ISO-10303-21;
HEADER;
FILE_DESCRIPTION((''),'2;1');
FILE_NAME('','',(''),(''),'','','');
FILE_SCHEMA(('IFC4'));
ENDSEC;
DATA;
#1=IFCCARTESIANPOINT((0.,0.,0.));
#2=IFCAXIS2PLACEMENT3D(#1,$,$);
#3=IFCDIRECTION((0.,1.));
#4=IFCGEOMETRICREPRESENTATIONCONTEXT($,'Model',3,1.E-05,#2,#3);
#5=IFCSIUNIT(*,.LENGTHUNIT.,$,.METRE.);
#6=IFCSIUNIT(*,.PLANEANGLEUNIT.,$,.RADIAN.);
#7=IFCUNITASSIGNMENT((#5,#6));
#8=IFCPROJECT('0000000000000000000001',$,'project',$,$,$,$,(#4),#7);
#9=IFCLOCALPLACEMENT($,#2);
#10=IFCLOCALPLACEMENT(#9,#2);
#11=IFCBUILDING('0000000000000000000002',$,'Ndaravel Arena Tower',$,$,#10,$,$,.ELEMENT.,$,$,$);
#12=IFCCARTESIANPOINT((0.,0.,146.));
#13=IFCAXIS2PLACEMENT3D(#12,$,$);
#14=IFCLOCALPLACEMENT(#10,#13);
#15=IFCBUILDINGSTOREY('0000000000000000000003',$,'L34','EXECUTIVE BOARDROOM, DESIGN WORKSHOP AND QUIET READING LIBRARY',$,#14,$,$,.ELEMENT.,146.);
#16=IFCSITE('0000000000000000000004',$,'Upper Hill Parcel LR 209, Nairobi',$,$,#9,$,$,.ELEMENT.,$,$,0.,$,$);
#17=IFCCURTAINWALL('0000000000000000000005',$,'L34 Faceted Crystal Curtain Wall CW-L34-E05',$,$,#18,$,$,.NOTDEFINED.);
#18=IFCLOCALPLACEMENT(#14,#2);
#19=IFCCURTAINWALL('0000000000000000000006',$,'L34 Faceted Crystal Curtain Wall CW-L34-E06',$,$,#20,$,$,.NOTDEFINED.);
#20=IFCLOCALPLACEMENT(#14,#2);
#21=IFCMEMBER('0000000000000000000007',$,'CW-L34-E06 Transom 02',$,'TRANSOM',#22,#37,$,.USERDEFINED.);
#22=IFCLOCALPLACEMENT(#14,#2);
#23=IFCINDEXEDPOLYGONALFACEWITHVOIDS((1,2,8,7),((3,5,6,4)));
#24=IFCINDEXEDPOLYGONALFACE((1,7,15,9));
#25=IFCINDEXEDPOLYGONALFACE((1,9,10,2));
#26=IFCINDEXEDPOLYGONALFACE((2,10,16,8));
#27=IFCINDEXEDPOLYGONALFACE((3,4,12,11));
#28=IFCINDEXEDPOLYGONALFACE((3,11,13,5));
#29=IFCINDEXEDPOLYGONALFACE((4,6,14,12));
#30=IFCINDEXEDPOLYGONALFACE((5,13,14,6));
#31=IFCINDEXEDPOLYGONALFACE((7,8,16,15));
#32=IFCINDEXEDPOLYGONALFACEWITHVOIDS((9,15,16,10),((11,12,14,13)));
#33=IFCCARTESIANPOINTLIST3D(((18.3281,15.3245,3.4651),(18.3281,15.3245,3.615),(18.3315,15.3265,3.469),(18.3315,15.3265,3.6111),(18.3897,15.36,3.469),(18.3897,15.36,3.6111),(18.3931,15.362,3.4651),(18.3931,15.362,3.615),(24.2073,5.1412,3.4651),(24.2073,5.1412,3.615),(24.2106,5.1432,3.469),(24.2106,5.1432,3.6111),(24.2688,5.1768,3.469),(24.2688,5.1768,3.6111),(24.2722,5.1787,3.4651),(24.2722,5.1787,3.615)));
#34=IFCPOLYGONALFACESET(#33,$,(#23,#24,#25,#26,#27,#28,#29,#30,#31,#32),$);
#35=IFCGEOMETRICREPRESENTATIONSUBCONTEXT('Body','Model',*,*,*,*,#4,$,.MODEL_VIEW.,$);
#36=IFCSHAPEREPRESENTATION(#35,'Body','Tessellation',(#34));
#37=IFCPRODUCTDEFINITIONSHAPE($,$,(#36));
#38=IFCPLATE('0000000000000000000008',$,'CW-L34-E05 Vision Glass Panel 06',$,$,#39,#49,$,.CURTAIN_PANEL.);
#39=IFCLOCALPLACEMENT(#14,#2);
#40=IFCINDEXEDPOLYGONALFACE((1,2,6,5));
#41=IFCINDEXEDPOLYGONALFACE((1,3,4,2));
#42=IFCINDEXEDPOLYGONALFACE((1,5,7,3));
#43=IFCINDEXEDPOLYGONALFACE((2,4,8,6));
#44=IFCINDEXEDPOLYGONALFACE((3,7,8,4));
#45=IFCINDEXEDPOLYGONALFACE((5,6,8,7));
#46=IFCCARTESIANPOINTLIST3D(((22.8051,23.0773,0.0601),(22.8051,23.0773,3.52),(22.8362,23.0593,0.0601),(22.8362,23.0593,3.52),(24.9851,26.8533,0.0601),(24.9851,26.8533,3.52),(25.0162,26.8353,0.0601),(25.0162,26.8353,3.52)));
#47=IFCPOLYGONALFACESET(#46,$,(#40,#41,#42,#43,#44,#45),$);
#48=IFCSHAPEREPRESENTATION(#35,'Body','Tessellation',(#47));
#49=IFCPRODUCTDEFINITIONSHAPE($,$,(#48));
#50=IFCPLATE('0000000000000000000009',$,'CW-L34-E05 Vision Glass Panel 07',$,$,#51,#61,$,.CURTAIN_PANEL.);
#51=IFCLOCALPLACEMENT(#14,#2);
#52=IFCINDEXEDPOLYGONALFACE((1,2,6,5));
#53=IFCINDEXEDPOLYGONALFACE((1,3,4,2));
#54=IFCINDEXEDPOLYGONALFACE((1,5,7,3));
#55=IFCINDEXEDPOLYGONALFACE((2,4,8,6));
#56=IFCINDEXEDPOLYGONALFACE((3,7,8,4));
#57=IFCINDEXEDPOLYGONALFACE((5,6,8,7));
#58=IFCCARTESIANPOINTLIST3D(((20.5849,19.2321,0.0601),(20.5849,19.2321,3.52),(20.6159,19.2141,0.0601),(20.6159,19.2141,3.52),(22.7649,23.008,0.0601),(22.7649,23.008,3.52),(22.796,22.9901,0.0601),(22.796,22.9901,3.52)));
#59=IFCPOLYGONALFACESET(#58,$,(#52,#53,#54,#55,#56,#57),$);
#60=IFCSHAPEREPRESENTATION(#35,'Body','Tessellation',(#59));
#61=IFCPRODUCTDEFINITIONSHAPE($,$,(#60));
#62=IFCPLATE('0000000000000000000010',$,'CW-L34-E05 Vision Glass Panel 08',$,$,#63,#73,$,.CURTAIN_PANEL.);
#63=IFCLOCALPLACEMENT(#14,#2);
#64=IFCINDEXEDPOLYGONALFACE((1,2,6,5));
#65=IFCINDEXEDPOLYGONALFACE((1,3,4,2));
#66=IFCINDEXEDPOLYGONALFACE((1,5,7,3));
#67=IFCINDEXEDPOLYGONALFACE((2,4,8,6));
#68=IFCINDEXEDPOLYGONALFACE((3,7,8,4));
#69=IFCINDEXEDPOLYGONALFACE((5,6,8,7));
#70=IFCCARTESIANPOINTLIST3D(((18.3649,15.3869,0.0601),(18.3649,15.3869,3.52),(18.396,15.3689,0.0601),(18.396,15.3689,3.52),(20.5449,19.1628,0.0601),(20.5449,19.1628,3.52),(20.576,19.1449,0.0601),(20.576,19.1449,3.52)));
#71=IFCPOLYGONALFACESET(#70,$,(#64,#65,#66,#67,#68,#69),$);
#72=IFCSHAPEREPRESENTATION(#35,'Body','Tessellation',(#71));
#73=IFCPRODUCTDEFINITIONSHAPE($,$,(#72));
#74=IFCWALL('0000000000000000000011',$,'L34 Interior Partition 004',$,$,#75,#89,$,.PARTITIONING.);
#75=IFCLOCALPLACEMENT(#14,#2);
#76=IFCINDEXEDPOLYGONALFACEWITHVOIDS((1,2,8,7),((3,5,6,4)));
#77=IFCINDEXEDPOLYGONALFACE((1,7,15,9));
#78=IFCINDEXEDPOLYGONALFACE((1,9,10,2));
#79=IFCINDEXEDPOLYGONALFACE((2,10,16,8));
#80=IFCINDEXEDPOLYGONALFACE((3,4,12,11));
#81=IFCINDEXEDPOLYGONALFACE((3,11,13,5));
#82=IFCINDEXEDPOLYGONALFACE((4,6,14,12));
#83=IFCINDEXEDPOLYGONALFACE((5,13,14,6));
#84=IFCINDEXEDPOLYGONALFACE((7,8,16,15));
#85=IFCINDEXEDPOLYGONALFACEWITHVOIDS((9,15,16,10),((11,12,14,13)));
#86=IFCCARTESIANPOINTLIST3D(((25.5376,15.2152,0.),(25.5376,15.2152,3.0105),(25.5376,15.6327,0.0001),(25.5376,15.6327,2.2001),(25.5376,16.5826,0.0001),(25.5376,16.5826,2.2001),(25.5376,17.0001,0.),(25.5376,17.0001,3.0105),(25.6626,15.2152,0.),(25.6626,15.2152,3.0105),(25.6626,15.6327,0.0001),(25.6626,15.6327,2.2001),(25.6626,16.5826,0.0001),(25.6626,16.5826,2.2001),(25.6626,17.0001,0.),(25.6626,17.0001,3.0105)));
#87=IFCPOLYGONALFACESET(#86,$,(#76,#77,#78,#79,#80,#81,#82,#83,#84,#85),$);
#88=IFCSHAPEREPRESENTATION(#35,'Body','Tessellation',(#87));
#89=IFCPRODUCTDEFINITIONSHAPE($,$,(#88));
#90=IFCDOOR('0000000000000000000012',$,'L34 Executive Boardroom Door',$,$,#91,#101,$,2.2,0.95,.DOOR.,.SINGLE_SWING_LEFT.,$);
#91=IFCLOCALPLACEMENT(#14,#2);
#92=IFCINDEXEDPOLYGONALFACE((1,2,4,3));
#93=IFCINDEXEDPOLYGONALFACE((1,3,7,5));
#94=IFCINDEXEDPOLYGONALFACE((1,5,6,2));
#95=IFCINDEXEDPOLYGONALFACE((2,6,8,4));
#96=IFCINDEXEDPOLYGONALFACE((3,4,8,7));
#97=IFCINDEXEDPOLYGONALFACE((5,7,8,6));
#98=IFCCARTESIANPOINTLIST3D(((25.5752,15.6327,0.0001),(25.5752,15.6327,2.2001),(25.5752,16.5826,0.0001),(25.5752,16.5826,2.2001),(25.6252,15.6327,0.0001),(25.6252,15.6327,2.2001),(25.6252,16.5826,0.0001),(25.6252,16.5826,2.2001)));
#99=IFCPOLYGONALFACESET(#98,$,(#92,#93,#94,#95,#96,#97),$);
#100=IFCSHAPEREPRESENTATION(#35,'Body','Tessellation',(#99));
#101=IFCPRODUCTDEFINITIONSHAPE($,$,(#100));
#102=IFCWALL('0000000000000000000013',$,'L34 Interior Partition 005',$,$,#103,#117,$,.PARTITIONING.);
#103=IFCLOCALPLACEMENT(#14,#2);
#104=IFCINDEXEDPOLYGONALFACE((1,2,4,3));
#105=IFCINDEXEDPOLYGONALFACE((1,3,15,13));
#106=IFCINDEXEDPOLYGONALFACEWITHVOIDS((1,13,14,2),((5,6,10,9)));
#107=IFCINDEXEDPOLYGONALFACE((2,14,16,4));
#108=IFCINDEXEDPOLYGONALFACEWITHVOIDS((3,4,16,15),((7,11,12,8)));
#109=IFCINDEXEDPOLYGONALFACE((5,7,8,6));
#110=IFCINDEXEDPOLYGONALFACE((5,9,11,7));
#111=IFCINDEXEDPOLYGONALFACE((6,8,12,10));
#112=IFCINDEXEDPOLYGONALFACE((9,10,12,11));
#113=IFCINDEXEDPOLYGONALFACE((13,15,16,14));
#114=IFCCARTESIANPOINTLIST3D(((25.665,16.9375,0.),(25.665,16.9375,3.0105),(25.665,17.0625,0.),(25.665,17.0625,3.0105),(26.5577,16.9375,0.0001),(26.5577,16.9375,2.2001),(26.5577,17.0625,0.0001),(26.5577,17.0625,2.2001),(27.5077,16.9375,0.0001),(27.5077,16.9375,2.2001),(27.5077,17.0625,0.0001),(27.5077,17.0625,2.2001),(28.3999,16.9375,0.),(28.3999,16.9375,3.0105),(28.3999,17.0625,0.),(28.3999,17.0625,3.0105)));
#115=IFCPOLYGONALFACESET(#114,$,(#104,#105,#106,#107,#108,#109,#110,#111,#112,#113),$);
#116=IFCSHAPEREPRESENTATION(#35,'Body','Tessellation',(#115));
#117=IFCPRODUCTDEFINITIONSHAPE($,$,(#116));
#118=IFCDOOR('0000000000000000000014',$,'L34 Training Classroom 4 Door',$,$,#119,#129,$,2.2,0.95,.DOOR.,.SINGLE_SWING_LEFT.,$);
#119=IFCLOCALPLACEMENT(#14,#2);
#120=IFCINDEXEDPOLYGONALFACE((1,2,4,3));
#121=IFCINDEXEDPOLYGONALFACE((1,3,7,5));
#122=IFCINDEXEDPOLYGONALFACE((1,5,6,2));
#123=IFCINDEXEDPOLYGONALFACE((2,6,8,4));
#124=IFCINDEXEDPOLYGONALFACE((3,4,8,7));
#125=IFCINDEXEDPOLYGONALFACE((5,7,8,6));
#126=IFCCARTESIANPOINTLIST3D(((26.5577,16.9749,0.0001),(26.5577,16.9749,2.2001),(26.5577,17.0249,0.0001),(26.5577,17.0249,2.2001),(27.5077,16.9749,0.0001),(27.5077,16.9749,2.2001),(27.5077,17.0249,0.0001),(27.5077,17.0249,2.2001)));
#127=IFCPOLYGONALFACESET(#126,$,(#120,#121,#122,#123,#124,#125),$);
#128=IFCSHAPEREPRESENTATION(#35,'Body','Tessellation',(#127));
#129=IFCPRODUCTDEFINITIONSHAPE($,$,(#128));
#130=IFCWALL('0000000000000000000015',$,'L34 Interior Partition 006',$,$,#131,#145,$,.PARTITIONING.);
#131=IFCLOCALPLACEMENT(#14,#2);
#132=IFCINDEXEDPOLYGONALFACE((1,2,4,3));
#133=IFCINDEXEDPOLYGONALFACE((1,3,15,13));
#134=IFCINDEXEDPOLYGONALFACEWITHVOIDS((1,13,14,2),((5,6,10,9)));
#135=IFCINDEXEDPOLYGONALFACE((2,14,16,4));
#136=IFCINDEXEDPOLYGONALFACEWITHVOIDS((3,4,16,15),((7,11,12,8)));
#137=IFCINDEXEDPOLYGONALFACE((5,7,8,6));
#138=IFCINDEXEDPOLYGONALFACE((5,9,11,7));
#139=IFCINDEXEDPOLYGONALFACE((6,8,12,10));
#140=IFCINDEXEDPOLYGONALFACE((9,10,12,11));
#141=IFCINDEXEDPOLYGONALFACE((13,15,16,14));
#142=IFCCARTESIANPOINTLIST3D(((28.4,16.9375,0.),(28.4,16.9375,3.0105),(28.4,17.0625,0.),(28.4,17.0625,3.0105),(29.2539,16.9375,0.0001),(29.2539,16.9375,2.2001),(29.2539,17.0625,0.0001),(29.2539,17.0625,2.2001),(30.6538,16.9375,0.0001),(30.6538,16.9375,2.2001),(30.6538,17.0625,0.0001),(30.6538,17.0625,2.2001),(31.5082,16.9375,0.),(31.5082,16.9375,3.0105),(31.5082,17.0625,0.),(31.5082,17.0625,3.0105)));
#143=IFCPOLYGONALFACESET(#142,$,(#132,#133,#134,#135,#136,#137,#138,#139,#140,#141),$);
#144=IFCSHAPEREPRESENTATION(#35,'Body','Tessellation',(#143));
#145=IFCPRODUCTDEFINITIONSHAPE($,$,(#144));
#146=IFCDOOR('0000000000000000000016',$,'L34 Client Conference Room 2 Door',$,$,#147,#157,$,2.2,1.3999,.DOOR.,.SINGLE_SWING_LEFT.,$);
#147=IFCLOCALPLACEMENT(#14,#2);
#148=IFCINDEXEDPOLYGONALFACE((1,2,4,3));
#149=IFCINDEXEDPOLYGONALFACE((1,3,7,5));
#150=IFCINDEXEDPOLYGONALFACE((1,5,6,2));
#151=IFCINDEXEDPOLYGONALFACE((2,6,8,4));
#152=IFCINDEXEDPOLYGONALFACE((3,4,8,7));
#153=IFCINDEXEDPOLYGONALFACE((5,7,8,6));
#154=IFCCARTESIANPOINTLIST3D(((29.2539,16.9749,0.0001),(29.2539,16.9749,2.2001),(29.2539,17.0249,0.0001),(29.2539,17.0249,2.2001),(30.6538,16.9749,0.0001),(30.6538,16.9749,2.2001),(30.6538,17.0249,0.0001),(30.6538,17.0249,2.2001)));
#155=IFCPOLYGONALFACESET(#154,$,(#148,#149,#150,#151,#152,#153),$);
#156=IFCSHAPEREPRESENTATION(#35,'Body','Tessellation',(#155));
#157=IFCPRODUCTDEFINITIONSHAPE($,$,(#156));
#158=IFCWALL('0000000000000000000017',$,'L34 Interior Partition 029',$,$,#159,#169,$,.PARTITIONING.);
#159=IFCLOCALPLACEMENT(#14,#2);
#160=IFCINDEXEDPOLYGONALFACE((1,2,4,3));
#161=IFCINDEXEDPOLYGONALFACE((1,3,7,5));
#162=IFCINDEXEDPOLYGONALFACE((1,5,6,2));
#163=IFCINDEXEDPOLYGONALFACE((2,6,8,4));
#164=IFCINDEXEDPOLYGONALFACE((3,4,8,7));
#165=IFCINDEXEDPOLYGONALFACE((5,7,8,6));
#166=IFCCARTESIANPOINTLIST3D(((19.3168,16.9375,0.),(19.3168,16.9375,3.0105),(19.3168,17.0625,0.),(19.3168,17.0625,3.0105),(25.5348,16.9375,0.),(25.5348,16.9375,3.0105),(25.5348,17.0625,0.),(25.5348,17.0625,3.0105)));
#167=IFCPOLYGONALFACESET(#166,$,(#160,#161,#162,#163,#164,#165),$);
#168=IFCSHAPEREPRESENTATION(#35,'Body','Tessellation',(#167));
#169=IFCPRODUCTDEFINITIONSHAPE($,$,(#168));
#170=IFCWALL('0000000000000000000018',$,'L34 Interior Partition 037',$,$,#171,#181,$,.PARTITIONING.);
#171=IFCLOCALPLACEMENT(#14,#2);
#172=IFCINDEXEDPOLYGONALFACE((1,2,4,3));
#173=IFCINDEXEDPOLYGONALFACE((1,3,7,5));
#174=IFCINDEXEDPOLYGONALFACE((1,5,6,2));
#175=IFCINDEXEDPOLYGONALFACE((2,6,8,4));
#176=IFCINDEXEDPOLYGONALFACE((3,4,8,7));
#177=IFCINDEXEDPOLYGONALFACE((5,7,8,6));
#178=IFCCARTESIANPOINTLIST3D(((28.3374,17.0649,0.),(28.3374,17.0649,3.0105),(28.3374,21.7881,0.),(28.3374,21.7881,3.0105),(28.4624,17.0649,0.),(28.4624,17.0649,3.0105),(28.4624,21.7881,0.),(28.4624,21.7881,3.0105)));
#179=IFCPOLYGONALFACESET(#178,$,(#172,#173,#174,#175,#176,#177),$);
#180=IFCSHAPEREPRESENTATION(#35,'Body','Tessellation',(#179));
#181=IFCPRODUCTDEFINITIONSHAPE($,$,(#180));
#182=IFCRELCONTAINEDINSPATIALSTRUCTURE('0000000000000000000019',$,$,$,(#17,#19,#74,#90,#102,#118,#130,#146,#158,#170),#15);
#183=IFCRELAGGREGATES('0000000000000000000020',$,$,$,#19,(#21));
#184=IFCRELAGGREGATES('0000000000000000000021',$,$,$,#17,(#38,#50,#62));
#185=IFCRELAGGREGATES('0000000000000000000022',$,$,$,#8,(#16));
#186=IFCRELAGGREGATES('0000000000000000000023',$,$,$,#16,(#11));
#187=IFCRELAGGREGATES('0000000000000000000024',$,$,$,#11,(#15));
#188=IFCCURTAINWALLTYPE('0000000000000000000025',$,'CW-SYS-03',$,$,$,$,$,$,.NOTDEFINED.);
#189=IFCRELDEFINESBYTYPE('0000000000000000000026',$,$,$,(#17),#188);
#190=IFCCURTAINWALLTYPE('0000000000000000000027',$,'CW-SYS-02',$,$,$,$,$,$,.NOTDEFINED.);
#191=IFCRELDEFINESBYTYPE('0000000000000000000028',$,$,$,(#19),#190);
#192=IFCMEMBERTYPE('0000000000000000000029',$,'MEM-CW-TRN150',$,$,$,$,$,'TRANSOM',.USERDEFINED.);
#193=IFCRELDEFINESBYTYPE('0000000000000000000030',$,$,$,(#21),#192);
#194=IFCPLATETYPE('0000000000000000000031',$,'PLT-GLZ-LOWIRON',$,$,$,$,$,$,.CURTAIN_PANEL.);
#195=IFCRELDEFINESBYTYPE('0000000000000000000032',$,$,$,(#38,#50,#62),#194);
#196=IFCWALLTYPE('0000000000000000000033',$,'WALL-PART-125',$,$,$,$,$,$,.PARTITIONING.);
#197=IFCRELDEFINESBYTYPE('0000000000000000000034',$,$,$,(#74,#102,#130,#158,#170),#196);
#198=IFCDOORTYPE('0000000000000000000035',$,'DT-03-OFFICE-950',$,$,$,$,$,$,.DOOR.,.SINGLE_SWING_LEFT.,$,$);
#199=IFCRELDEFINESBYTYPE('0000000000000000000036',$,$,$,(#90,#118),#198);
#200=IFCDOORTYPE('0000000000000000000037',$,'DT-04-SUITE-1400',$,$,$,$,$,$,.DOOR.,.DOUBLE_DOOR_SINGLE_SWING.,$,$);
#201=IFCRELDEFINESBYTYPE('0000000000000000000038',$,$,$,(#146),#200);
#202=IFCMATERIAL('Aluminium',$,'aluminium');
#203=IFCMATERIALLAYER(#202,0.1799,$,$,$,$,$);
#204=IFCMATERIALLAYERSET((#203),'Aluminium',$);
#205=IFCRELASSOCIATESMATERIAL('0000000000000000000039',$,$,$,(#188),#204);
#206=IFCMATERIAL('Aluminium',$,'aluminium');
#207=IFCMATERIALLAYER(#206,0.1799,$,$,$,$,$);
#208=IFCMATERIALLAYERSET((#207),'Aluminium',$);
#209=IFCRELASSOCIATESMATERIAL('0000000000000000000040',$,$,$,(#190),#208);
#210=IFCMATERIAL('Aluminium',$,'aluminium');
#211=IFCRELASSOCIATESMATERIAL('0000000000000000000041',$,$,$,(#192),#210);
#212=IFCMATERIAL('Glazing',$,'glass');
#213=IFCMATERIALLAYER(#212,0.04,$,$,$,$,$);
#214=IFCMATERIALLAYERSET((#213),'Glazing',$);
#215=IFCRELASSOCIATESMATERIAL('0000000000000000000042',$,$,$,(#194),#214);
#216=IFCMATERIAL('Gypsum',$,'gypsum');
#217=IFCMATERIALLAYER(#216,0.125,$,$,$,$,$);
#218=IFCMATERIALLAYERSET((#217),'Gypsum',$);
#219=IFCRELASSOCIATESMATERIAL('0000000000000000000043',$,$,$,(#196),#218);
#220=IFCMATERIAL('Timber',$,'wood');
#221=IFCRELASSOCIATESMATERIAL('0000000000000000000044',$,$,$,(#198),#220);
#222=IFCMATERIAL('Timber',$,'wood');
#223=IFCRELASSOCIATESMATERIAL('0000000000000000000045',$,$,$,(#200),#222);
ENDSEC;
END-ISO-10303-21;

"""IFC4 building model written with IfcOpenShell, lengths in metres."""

from ifc_helpers import new_model, si_unit, direction, frame, frame_2d, origin, origin_2d, place, context, subcontext, project, spatial, rectangle, hollow_rectangle, extrude, material, layer, layer_set, material_profile, profile_set, type_object, element, fill, aggregate, save


model = new_model("IFC4")

# Units and contexts
model_context = context("Model", 3, precision=1e-05, world=origin(), true_north=direction((0.0, 1.0)))
body_context = subcontext(model_context, "Body", "Model", "MODEL_VIEW")
ifc_project = project(units=[si_unit("LENGTHUNIT", "METRE"), si_unit("PLANEANGLEUNIT", "RADIAN")], contexts=[model_context])

# Site, building, storey
site_placement = place(None, origin())
site = spatial("IfcSite", under=ifc_project, at=site_placement, Name="Upper Hill Parcel LR 209, Nairobi", CompositionType="ELEMENT", RefElevation=0.0)
building_placement = place(site_placement, origin())
building = spatial("IfcBuilding", under=site, at=building_placement, Name="Ndaravel Arena Tower", CompositionType="ELEMENT")
storey_placement = place(building_placement, frame((0.0, 0.0, 146.0)))
storey = spatial("IfcBuildingStorey", under=building, at=storey_placement, Name="L34", Description="EXECUTIVE BOARDROOM, DESIGN WORKSHOP AND QUIET READING LIBRARY", CompositionType="ELEMENT", Elevation=146.0)

# Curtain walls, member
ifc_material_1 = material(Name="Aluminium", Category="aluminium")
ifc_layer_1 = layer(ifc_material_1, 0.1799)
ifc_layer_set_1 = layer_set([ifc_layer_1], Name="Aluminium")
curtain_wall_type_1 = type_object("IfcCurtainWallType", Name="CW-SYS-03", PredefinedType="NOTDEFINED", material=ifc_layer_set_1)
curtain_wall_1_placement = place(storey_placement, origin())
curtain_wall_1 = element("IfcCurtainWall", 1, at=curtain_wall_1_placement, inside=storey, type_object=curtain_wall_type_1, Name="L34 Faceted Crystal Curtain Wall CW-L34-E05", PredefinedType="NOTDEFINED")
ifc_material_2 = material(Name="Aluminium", Category="aluminium")
ifc_layer_2 = layer(ifc_material_2, 0.1799)
ifc_layer_set_2 = layer_set([ifc_layer_2], Name="Aluminium")
curtain_wall_type_2 = type_object("IfcCurtainWallType", Name="CW-SYS-02", PredefinedType="NOTDEFINED", material=ifc_layer_set_2)
curtain_wall_2_placement = place(storey_placement, origin())
curtain_wall_2 = element("IfcCurtainWall", 2, at=curtain_wall_2_placement, inside=storey, type_object=curtain_wall_type_2, Name="L34 Faceted Crystal Curtain Wall CW-L34-E06", PredefinedType="NOTDEFINED")
ifc_material_3 = material(Name="Aluminium", Category="aluminium")
ifc_material_profile_1 = material_profile(ifc_material_3, hollow_rectangle(XDim=0.075, YDim=0.1499, WallThickness=0.0039, at=origin_2d()), Name="CW TRANSOM 75x150x4")
ifc_profile_set_1 = profile_set([ifc_material_profile_1], Name="Aluminium")
member_type_1 = type_object("IfcMemberType", Name="MEM-CW-TRN150", ElementType="TRANSOM", PredefinedType="USERDEFINED", material=ifc_profile_set_1)
member_1_placement = place(storey_placement, frame((18.3606, 15.3433, 3.54), z_axis=(0.499987, -0.866033, 0.0), x_axis=(0.866033, 0.499987, 0.0)))
member_1 = element("IfcMember", 3, at=member_1_placement, type_object=member_type_1, Name="CW-L34-E06 Transom 02", ObjectType="TRANSOM", PredefinedType="USERDEFINED", context=body_context, shape_type="SweptSolid", body=[
    extrude(hollow_rectangle(XDim=0.075, YDim=0.1499, WallThickness=0.0039, at=origin_2d()), origin(), (0.0, 0.0, 1.0), 11.7585),
])
aggregate(curtain_wall_2, [member_1])

# Plates
ifc_material_4 = material(Name="Glazing", Category="glass")
ifc_layer_3 = layer(ifc_material_4, 0.04)
ifc_layer_set_3 = layer_set([ifc_layer_3], Name="Glazing")
plate_type = type_object("IfcPlateType", Name="PLT-GLZ-LOWIRON", PredefinedType="CURTAIN_PANEL", material=ifc_layer_set_3)
plate_1_placement = place(storey_placement, frame((23.9106, 24.9563, 0.0601), z_axis=(0.0, 0.0, 1.0), x_axis=(-0.5, -0.866025, 0.0)))
plate_1 = element("IfcPlate", 4, at=plate_1_placement, type_object=plate_type, Name="CW-L34-E05 Vision Glass Panel 06", PredefinedType="CURTAIN_PANEL", context=body_context, shape_type="SweptSolid", body=[
    extrude(rectangle(XDim=4.3601, YDim=0.0359, at=origin_2d()), origin(), (0.0, 0.0, 1.0), 3.46),
])
plate_2_placement = place(storey_placement, frame((21.6904, 21.1111, 0.0601), z_axis=(0.0, 0.0, 1.0), x_axis=(-0.5, -0.866025, 0.0)))
plate_2 = element("IfcPlate", 5, at=plate_2_placement, type_object=plate_type, Name="CW-L34-E05 Vision Glass Panel 07", PredefinedType="CURTAIN_PANEL", context=body_context, shape_type="SweptSolid", body=[
    extrude(rectangle(XDim=4.3601, YDim=0.0359, at=origin_2d()), origin(), (0.0, 0.0, 1.0), 3.46),
])
plate_3_placement = place(storey_placement, frame((19.4705, 17.2659, 0.0601), z_axis=(0.0, 0.0, 1.0), x_axis=(-0.5, -0.866025, 0.0)))
plate_3 = element("IfcPlate", 6, at=plate_3_placement, type_object=plate_type, Name="CW-L34-E05 Vision Glass Panel 08", PredefinedType="CURTAIN_PANEL", context=body_context, shape_type="SweptSolid", body=[
    extrude(rectangle(XDim=4.3601, YDim=0.0359, at=origin_2d()), origin(), (0.0, 0.0, 1.0), 3.46),
])
aggregate(curtain_wall_1, [plate_1, plate_2, plate_3])

# Walls, openings, doors
ifc_material_5 = material(Name="Gypsum", Category="gypsum")
ifc_layer_4 = layer(ifc_material_5, 0.125)
ifc_layer_set_4 = layer_set([ifc_layer_4], Name="Gypsum")
wall_type_1 = type_object("IfcWallType", Name="WALL-PART-125", PredefinedType="PARTITIONING", material=ifc_layer_set_4)
wall_1_placement = place(storey_placement, frame((25.6001, 15.2151, 0.0), z_axis=(0.0, 0.0, 1.0), x_axis=(0.0, 1.0, 0.0)))
wall_1 = element("IfcWall", 7, at=wall_1_placement, inside=storey, type_object=wall_type_1, Name="L34 Interior Partition 004", PredefinedType="PARTITIONING", context=body_context, shape_type="SweptSolid", body=[
    extrude(rectangle(XDim=1.7849, YDim=0.125, at=frame_2d((0.8926, 0.0))), origin(), (0.0, 0.0, 1.0), 3.0105),
])
opening_1_placement = place(wall_1_placement, frame((0.4175, 0.0, 0.0)))
opening_1 = element("IfcOpeningElement", 8, at=opening_1_placement, cuts=wall_1, PredefinedType="OPENING", context=body_context, shape_type="SweptSolid", body=[
    extrude(rectangle(XDim=0.95, YDim=2.2, at=frame_2d((0.4751, 1.1001))), frame((0.0, 0.0625, 0.0), z_axis=(0.0, -1.0, 0.0), x_axis=(1.0, 0.0, 0.0)), (0.0, 0.0, 1.0), 0.125),
])
ifc_material_6 = material(Name="Timber", Category="wood")
door_type_1 = type_object("IfcDoorType", Name="DT-03-OFFICE-950", OperationType="SINGLE_SWING_LEFT", PredefinedType="DOOR", material=ifc_material_6)
door_1_placement = place(opening_1_placement, origin())
door_1 = element("IfcDoor", 9, at=door_1_placement, inside=storey, type_object=door_type_1, Name="L34 Executive Boardroom Door", OperationType="SINGLE_SWING_LEFT", OverallHeight=2.2, OverallWidth=0.95, PredefinedType="DOOR", context=body_context, shape_type="SweptSolid", body=[
    extrude(rectangle(XDim=0.95, YDim=2.2, at=frame_2d((0.4751, 1.1001))), frame((0.0, 0.0249, 0.0), z_axis=(0.0, -1.0, 0.0), x_axis=(1.0, 0.0, 0.0)), (0.0, 0.0, 1.0), 0.05),
])
fill(opening_1, door_1)
wall_2_placement = place(storey_placement, frame((25.665, 17.0, 0.0), z_axis=(0.0, 0.0, 1.0), x_axis=(1.0, 0.0, 0.0)))
wall_2 = element("IfcWall", 10, at=wall_2_placement, inside=storey, type_object=wall_type_1, Name="L34 Interior Partition 005", PredefinedType="PARTITIONING", context=body_context, shape_type="SweptSolid", body=[
    extrude(rectangle(XDim=2.7349, YDim=0.125, at=frame_2d((1.3674, 0.0))), origin(), (0.0, 0.0, 1.0), 3.0105),
])
opening_2_placement = place(wall_2_placement, frame((0.8926, 0.0, 0.0)))
opening_2 = element("IfcOpeningElement", 11, at=opening_2_placement, cuts=wall_2, PredefinedType="OPENING", context=body_context, shape_type="SweptSolid", body=[
    extrude(rectangle(XDim=0.95, YDim=2.2, at=frame_2d((0.4751, 1.1001))), frame((0.0, 0.0625, 0.0), z_axis=(0.0, -1.0, 0.0), x_axis=(1.0, 0.0, 0.0)), (0.0, 0.0, 1.0), 0.125),
])
door_2_placement = place(opening_2_placement, origin())
door_2 = element("IfcDoor", 12, at=door_2_placement, inside=storey, type_object=door_type_1, Name="L34 Training Classroom 4 Door", OperationType="SINGLE_SWING_LEFT", OverallHeight=2.2, OverallWidth=0.95, PredefinedType="DOOR", context=body_context, shape_type="SweptSolid", body=[
    extrude(rectangle(XDim=0.95, YDim=2.2, at=frame_2d((0.4751, 1.1001))), frame((0.0, 0.0249, 0.0), z_axis=(0.0, -1.0, 0.0), x_axis=(1.0, 0.0, 0.0)), (0.0, 0.0, 1.0), 0.05),
])
fill(opening_2, door_2)
wall_3_placement = place(storey_placement, frame((28.3999, 17.0, 0.0), z_axis=(0.0, 0.0, 1.0), x_axis=(1.0, 0.0, 0.0)))
wall_3 = element("IfcWall", 13, at=wall_3_placement, inside=storey, type_object=wall_type_1, Name="L34 Interior Partition 006", PredefinedType="PARTITIONING", context=body_context, shape_type="SweptSolid", body=[
    extrude(rectangle(XDim=3.1082, YDim=0.125, at=frame_2d((1.5542, 0.0))), origin(), (0.0, 0.0, 1.0), 3.0105),
])
opening_3_placement = place(wall_3_placement, frame((0.854, 0.0, 0.0)))
opening_3 = element("IfcOpeningElement", 14, at=opening_3_placement, cuts=wall_3, PredefinedType="OPENING", context=body_context, shape_type="SweptSolid", body=[
    extrude(rectangle(XDim=1.3999, YDim=2.2, at=frame_2d((0.7, 1.1001))), frame((0.0, 0.0625, 0.0), z_axis=(0.0, -1.0, 0.0), x_axis=(1.0, 0.0, 0.0)), (0.0, 0.0, 1.0), 0.125),
])
ifc_material_7 = material(Name="Timber", Category="wood")
door_type_2 = type_object("IfcDoorType", Name="DT-04-SUITE-1400", OperationType="DOUBLE_DOOR_SINGLE_SWING", PredefinedType="DOOR", material=ifc_material_7)
door_3_placement = place(opening_3_placement, origin())
door_3 = element("IfcDoor", 15, at=door_3_placement, inside=storey, type_object=door_type_2, Name="L34 Client Conference Room 2 Door", OperationType="SINGLE_SWING_LEFT", OverallHeight=2.2, OverallWidth=1.3999, PredefinedType="DOOR", context=body_context, shape_type="SweptSolid", body=[
    extrude(rectangle(XDim=1.3999, YDim=2.2, at=frame_2d((0.7, 1.1001))), frame((0.0, 0.0249, 0.0), z_axis=(0.0, -1.0, 0.0), x_axis=(1.0, 0.0, 0.0)), (0.0, 0.0, 1.0), 0.05),
])
fill(opening_3, door_3)

# Walls
wall_4_placement = place(storey_placement, frame((19.3169, 17.0, 0.0), z_axis=(0.0, 0.0, 1.0), x_axis=(1.0, 0.0, 0.0)))
element("IfcWall", 16, at=wall_4_placement, inside=storey, type_object=wall_type_1, Name="L34 Interior Partition 029", PredefinedType="PARTITIONING", context=body_context, shape_type="SweptSolid", body=[
    extrude(rectangle(XDim=6.218, YDim=0.125, at=frame_2d((3.1089, 0.0))), origin(), (0.0, 0.0, 1.0), 3.0105),
])
wall_5_placement = place(storey_placement, frame((28.3999, 17.0649, 0.0), z_axis=(0.0, 0.0, 1.0), x_axis=(0.0, 1.0, 0.0)))
element("IfcWall", 17, at=wall_5_placement, inside=storey, type_object=wall_type_1, Name="L34 Interior Partition 037", PredefinedType="PARTITIONING", context=body_context, shape_type="SweptSolid", body=[
    extrude(rectangle(XDim=4.7231, YDim=0.125, at=frame_2d((2.3616, 0.0))), origin(), (0.0, 0.0, 1.0), 3.0105),
])

save(model, "model.ifc")
